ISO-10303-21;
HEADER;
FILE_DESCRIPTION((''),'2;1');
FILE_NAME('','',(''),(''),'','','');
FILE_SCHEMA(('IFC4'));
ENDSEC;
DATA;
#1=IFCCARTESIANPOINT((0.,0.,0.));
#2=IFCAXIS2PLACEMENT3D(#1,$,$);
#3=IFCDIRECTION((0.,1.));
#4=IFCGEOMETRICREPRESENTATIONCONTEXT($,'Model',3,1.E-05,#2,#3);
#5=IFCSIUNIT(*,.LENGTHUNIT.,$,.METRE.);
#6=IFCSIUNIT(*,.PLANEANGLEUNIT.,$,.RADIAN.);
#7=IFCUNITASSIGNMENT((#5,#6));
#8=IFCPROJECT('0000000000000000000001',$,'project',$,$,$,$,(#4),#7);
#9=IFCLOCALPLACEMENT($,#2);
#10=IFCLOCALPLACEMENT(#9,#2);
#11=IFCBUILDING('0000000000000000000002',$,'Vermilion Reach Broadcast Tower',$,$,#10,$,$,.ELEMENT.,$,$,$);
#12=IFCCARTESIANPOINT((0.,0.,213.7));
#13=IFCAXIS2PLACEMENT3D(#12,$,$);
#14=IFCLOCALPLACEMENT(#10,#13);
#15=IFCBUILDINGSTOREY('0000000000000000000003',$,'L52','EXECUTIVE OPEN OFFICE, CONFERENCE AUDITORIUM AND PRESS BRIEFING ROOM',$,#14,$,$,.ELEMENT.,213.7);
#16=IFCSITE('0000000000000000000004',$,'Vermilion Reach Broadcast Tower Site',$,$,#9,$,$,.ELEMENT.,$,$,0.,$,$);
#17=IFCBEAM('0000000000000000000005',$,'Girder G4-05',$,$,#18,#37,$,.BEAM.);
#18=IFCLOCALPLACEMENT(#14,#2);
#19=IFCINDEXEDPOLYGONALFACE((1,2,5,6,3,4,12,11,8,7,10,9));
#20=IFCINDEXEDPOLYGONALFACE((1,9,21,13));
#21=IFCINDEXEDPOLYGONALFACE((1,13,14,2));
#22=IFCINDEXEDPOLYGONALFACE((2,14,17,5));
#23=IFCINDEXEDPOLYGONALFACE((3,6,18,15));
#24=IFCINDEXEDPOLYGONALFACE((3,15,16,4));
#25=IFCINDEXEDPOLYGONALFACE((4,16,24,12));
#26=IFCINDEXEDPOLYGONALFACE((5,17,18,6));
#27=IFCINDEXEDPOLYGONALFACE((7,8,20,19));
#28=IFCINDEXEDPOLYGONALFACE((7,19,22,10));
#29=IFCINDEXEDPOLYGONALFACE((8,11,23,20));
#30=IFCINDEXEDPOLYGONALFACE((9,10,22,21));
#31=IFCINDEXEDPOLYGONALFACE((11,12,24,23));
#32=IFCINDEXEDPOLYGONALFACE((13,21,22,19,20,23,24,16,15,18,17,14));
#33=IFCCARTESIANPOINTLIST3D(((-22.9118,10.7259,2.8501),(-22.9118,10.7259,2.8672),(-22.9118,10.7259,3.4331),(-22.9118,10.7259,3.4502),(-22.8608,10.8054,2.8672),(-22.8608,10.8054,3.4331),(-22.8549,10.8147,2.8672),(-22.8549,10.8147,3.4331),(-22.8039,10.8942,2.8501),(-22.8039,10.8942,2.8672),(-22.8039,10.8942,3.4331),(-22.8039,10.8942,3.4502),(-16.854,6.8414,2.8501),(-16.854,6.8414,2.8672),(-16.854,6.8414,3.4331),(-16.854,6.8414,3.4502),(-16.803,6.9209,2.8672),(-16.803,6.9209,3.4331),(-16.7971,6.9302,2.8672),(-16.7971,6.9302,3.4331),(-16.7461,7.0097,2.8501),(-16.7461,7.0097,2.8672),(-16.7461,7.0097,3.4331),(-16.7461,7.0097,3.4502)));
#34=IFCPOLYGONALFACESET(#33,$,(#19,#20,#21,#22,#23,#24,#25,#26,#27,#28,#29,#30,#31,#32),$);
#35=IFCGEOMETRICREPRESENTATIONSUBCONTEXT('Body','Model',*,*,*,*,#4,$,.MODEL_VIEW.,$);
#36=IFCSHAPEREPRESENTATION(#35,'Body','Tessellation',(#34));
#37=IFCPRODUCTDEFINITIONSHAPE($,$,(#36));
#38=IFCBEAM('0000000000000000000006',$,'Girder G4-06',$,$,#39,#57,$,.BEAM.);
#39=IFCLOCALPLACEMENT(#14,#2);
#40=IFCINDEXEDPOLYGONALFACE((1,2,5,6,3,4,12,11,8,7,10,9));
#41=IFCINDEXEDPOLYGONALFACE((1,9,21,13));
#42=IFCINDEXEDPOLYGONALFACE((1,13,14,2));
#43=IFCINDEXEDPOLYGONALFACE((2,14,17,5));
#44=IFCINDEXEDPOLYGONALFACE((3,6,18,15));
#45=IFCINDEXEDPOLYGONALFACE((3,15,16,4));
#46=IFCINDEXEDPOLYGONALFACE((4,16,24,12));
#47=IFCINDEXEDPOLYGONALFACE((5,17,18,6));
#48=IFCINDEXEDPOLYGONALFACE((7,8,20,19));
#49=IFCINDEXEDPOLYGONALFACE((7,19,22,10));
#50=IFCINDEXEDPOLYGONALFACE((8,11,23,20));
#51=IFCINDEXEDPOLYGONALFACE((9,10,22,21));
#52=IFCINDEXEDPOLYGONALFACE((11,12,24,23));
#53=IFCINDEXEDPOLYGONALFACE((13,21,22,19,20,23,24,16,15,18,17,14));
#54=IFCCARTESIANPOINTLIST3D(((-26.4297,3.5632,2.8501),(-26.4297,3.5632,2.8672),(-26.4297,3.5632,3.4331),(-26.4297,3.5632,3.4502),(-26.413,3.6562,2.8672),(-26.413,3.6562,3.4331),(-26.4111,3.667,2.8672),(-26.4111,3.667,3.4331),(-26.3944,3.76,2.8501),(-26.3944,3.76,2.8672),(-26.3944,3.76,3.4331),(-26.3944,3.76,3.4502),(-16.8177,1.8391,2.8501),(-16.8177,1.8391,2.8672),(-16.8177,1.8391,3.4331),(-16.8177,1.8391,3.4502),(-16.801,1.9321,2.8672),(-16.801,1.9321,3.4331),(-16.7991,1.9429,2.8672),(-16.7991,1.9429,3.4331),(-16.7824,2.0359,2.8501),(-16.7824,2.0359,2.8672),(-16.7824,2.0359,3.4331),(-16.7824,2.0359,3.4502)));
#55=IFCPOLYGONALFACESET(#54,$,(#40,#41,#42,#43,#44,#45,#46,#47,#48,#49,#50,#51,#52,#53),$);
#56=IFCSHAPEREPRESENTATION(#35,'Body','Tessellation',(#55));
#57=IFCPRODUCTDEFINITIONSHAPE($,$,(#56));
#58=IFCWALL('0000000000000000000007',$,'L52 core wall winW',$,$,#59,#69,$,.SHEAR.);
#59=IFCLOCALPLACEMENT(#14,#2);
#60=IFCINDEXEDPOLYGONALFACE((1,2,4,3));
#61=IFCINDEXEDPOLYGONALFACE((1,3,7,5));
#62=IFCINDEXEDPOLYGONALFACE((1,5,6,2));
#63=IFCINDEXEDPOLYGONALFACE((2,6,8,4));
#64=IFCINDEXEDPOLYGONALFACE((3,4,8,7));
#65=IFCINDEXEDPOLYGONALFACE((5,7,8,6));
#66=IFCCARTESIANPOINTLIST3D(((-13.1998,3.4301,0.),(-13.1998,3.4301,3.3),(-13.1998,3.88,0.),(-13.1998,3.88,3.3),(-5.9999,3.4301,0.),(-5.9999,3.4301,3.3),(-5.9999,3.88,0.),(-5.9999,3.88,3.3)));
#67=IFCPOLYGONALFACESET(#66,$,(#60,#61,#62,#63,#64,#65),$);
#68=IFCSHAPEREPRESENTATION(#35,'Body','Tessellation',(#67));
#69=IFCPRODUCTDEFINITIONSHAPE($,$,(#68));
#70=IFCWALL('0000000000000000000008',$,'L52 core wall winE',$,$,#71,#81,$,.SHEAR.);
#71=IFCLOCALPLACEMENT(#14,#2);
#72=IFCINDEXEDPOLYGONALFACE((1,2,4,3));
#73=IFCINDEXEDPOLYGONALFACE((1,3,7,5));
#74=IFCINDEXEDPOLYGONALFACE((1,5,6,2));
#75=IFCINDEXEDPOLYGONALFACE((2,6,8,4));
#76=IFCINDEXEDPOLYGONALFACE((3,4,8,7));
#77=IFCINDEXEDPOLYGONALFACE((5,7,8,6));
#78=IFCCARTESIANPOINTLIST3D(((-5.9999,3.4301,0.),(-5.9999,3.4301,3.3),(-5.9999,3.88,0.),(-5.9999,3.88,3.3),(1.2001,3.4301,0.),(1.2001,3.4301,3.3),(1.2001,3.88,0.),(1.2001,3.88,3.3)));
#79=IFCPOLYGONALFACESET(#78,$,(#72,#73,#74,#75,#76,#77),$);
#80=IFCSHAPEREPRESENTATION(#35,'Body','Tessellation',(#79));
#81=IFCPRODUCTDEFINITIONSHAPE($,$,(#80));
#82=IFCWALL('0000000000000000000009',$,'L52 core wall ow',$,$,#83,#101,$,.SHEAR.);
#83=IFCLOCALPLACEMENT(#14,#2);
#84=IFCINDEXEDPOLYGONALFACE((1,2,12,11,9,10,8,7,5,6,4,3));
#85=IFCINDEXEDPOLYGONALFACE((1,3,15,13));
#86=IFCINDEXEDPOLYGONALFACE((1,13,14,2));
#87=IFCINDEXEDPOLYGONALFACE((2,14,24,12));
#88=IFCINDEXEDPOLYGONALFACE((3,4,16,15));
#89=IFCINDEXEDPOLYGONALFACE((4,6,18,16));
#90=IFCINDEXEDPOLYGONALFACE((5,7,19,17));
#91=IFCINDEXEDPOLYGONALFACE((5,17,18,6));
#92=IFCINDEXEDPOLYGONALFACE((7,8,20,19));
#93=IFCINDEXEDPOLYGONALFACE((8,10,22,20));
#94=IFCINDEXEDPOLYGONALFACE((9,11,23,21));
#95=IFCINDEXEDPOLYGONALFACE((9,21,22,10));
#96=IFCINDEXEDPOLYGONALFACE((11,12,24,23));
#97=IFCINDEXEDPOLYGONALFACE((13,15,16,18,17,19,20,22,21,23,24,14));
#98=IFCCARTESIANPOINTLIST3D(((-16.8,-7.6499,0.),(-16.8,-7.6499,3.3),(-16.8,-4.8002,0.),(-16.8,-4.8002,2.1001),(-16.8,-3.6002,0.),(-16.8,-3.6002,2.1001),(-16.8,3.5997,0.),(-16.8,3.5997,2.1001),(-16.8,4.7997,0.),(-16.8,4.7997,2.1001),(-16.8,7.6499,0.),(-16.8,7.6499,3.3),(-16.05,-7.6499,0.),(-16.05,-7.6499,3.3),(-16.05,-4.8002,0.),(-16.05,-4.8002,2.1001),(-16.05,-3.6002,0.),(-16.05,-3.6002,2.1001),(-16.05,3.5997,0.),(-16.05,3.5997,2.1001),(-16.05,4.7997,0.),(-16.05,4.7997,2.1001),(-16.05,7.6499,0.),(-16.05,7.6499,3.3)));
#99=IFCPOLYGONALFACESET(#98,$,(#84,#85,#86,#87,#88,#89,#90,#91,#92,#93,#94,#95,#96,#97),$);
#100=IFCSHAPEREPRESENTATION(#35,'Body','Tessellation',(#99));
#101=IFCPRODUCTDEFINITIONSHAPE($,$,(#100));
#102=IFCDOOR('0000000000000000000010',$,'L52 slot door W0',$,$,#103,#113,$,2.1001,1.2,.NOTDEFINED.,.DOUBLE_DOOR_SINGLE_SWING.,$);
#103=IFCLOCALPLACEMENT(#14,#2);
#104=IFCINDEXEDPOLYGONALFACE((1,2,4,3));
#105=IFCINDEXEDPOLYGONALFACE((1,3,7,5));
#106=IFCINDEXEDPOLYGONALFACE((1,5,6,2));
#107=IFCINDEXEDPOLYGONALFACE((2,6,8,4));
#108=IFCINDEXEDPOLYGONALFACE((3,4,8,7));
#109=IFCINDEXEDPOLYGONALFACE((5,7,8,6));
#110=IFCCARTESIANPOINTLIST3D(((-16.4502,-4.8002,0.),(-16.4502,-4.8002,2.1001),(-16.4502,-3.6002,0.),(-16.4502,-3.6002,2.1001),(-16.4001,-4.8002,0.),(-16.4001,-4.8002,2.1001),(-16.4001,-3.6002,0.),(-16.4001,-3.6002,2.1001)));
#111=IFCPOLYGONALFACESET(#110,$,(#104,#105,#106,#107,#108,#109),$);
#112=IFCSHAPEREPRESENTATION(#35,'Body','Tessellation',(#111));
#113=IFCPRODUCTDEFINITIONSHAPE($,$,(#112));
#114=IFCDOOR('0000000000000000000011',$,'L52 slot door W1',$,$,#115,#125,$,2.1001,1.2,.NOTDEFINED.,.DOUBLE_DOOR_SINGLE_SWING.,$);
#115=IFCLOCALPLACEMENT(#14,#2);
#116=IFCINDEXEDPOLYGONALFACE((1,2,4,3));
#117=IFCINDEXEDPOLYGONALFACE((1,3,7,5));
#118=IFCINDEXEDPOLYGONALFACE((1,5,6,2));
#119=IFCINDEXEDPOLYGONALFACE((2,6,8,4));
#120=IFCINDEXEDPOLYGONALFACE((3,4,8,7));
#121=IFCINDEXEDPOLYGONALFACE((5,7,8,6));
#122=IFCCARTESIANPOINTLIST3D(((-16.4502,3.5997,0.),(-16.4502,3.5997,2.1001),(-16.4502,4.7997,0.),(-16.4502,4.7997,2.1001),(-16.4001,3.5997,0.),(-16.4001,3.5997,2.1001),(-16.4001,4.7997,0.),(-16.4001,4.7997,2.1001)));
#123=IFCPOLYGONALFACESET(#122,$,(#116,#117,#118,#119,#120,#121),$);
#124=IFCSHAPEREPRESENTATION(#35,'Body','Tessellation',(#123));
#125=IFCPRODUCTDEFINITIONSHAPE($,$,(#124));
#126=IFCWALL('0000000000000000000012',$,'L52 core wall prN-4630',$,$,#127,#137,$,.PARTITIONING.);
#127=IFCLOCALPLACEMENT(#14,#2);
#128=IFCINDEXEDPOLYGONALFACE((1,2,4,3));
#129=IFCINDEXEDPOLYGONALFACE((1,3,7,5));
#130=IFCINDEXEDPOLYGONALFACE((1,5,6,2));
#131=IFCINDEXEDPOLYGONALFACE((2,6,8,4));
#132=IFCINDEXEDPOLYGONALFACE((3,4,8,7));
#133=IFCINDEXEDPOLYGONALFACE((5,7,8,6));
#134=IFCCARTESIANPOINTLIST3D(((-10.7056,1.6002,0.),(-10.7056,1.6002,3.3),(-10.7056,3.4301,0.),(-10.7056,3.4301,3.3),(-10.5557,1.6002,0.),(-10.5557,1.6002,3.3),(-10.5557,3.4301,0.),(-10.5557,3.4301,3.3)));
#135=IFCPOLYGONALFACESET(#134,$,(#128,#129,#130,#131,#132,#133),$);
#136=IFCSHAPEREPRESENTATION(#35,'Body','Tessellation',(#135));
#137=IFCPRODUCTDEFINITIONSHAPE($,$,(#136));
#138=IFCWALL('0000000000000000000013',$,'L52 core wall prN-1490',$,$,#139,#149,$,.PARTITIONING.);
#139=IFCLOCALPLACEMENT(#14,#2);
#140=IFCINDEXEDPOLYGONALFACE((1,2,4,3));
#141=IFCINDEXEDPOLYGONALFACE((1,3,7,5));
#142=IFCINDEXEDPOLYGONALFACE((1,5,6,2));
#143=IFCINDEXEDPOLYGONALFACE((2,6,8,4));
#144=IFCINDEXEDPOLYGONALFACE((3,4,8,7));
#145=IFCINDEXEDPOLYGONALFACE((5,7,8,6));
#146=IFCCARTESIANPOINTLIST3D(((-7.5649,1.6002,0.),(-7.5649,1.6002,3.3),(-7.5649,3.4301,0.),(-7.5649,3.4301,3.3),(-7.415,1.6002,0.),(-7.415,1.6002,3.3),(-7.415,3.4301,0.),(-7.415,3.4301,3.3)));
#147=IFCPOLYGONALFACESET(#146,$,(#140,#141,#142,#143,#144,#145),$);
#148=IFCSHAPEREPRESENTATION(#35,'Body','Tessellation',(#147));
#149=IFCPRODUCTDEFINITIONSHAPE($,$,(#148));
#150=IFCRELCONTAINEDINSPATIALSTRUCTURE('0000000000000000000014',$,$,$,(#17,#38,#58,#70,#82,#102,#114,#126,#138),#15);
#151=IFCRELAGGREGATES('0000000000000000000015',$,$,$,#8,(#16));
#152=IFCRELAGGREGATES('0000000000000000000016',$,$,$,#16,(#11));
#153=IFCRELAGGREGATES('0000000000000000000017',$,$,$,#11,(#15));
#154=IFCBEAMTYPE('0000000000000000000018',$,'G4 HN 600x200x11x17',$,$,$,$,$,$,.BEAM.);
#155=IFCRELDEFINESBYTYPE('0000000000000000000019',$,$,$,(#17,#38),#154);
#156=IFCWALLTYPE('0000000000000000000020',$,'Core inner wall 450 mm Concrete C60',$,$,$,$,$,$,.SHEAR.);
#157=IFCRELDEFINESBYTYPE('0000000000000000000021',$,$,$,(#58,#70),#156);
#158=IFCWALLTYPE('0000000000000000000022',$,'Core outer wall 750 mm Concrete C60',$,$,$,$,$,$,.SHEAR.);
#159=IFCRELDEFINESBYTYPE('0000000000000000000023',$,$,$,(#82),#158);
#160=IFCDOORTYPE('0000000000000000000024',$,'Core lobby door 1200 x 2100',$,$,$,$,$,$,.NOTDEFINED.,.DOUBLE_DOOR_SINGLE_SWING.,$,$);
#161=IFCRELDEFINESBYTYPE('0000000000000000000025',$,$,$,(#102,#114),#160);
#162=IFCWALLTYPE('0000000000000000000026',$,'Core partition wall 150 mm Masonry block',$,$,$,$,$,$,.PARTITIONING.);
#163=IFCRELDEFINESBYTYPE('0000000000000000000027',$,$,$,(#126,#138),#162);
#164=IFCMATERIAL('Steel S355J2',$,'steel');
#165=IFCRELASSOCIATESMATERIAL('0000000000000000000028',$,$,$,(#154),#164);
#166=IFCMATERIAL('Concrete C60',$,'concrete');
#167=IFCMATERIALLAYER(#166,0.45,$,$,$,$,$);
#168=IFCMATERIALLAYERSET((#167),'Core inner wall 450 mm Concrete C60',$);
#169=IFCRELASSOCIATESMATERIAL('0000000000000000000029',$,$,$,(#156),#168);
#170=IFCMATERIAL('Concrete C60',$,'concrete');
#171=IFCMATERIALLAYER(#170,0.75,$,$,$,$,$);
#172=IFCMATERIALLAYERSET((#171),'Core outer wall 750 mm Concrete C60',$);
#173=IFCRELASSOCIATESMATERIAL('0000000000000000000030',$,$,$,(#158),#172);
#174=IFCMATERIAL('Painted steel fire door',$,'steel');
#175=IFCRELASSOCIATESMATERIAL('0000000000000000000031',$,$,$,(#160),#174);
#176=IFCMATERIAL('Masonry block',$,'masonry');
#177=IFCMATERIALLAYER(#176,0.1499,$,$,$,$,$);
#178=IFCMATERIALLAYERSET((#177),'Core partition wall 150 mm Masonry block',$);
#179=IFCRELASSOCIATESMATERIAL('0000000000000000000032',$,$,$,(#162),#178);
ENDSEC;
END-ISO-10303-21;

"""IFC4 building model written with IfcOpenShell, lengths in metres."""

from ifc_helpers import new_model, si_unit, direction, frame, frame_2d, origin, origin_2d, place, context, subcontext, project, spatial, rectangle, i_section, extrude, material, layer, layer_set, material_profile, profile_set, type_object, element, fill, save


model = new_model("IFC4")

# Units and contexts
model_context = context("Model", 3, precision=1e-05, world=origin(), true_north=direction((0.0, 1.0)))
body_context = subcontext(model_context, "Body", "Model", "MODEL_VIEW")
ifc_project = project(units=[si_unit("LENGTHUNIT", "METRE"), si_unit("PLANEANGLEUNIT", "RADIAN")], contexts=[model_context])

# Site, building, storey
site_placement = place(None, origin())
site = spatial("IfcSite", under=ifc_project, at=site_placement, Name="Vermilion Reach Broadcast Tower Site", CompositionType="ELEMENT", RefElevation=0.0)
building_placement = place(site_placement, origin())
building = spatial("IfcBuilding", under=site, at=building_placement, Name="Vermilion Reach Broadcast Tower", CompositionType="ELEMENT")
storey_placement = place(building_placement, frame((0.0, 0.0, 213.7)))
storey = spatial("IfcBuildingStorey", under=building, at=storey_placement, Name="L52", Description="EXECUTIVE OPEN OFFICE, CONFERENCE AUDITORIUM AND PRESS BRIEFING ROOM", CompositionType="ELEMENT", Elevation=213.7)

# Beams
ifc_material_1 = material(Name="Steel S355J2", Category="steel")
ifc_material_profile = material_profile(ifc_material_1, i_section(OverallWidth=0.2, OverallDepth=0.6001, WebThickness=0.011, FlangeThickness=0.0171, at=origin_2d()), Name="S355J2 HN 600x200x11x17")
ifc_profile_set = profile_set([ifc_material_profile], Name="Steel S355J2")
beam_type = type_object("IfcBeamType", Name="G4 HN 600x200x11x17", PredefinedType="BEAM", material=ifc_profile_set)
beam_1_placement = place(storey_placement, frame((-16.8, 6.9255, 3.1501), z_axis=(-0.841799, 0.539792, 0.0), x_axis=(-0.539792, -0.841799, 0.0)))
element("IfcBeam", 1, at=beam_1_placement, inside=storey, type_object=beam_type, Name="Girder G4-05", PredefinedType="BEAM", context=body_context, shape_type="SweptSolid", body=[
    extrude(i_section(OverallWidth=0.2, OverallDepth=0.6001, WebThickness=0.011, FlangeThickness=0.0171, at=origin_2d()), origin(), (0.0, 0.0, 1.0), 7.1963),
])
beam_2_placement = place(storey_placement, frame((-16.8, 1.9375, 3.1501), z_axis=(-0.984291, 0.176553, 0.0), x_axis=(-0.176553, -0.984291, 0.0)))
element("IfcBeam", 2, at=beam_2_placement, inside=storey, type_object=beam_type, Name="Girder G4-06", PredefinedType="BEAM", context=body_context, shape_type="SweptSolid", body=[
    extrude(i_section(OverallWidth=0.2, OverallDepth=0.6001, WebThickness=0.011, FlangeThickness=0.0171, at=origin_2d()), origin(), (0.0, 0.0, 1.0), 9.7654),
])

# Walls
ifc_material_2 = material(Name="Concrete C60", Category="concrete")
ifc_layer_1 = layer(ifc_material_2, 0.45)
ifc_layer_set_1 = layer_set([ifc_layer_1], Name="Core inner wall 450 mm Concrete C60")
wall_type_1 = type_object("IfcWallType", Name="Core inner wall 450 mm Concrete C60", PredefinedType="SHEAR", material=ifc_layer_set_1)
for number, where, z_axis, x_axis, name in (
    (3, (-13.2, 3.655, 0.0), (0.0, 0.0, 1.0), (1.0, 0.0, 0.0), "L52 core wall winW"),
    (4, (-6.0, 3.655, 0.0), (0.0, 0.0, 1.0), (1.0, 0.0, 0.0), "L52 core wall winE"),
):
    element("IfcWall", number, at=place(storey_placement, frame(where, z_axis=z_axis, x_axis=x_axis)), inside=storey, type_object=wall_type_1, Name=name, PredefinedType="SHEAR", context=body_context, shape_type="SweptSolid", body=[
        extrude(rectangle(XDim=7.2, YDim=0.45, at=frame_2d((3.6001, 0.0))), origin(), (0.0, 0.0, 1.0), 3.3),
    ])

# Wall, openings, doors
ifc_material_3 = material(Name="Concrete C60", Category="concrete")
ifc_layer_2 = layer(ifc_material_3, 0.75)
ifc_layer_set_2 = layer_set([ifc_layer_2], Name="Core outer wall 750 mm Concrete C60")
wall_type_2 = type_object("IfcWallType", Name="Core outer wall 750 mm Concrete C60", PredefinedType="SHEAR", material=ifc_layer_set_2)
wall_1_placement = place(storey_placement, frame((-16.425, 7.6499, 0.0), z_axis=(0.0, 0.0, 1.0), x_axis=(0.0, -1.0, 0.0)))
wall_1 = element("IfcWall", 5, at=wall_1_placement, inside=storey, type_object=wall_type_2, Name="L52 core wall ow", PredefinedType="SHEAR", context=body_context, shape_type="SweptSolid", body=[
    extrude(rectangle(XDim=15.2998, YDim=0.75, at=frame_2d((7.6499, 0.0))), origin(), (0.0, 0.0, 1.0), 3.3),
])
opening_1_placement = place(wall_1_placement, frame((11.25, 0.0, 0.0)))
opening_1 = element("IfcOpeningElement", 6, at=opening_1_placement, cuts=wall_1, PredefinedType="OPENING", context=body_context, shape_type="SweptSolid", body=[
    extrude(rectangle(XDim=1.2, YDim=2.1001, at=frame_2d((0.6001, 1.05))), frame((0.0, 0.385, 0.0), z_axis=(0.0, -1.0, 0.0), x_axis=(1.0, 0.0, 0.0)), (0.0, 0.0, 1.0), 0.77),
])
opening_2_placement = place(wall_1_placement, frame((2.8501, 0.0, 0.0)))
opening_2 = element("IfcOpeningElement", 7, at=opening_2_placement, cuts=wall_1, PredefinedType="OPENING", context=body_context, shape_type="SweptSolid", body=[
    extrude(rectangle(XDim=1.2, YDim=2.1001, at=frame_2d((0.6001, 1.05))), frame((0.0, 0.385, 0.0), z_axis=(0.0, -1.0, 0.0), x_axis=(1.0, 0.0, 0.0)), (0.0, 0.0, 1.0), 0.77),
])
ifc_material_4 = material(Name="Painted steel fire door", Category="steel")
door_type_1 = type_object("IfcDoorType", Name="Core lobby door 1200 x 2100", OperationType="DOUBLE_DOOR_SINGLE_SWING", PredefinedType="NOTDEFINED", material=ifc_material_4)
door_1_placement = place(opening_1_placement, origin())
door_1 = element("IfcDoor", 8, at=door_1_placement, inside=storey, type_object=door_type_1, Name="L52 slot door W0", OperationType="DOUBLE_DOOR_SINGLE_SWING", OverallHeight=2.1001, OverallWidth=1.2, PredefinedType="NOTDEFINED", context=body_context, shape_type="SweptSolid", body=[
    extrude(rectangle(XDim=1.2, YDim=2.1001, at=frame_2d((0.6001, 1.05))), frame((0.0, 0.0249, 0.0), z_axis=(0.0, -1.0, 0.0), x_axis=(1.0, 0.0, 0.0)), (0.0, 0.0, 1.0), 0.05),
])
fill(opening_1, door_1)
door_2_placement = place(opening_2_placement, origin())
door_2 = element("IfcDoor", 9, at=door_2_placement, inside=storey, type_object=door_type_1, Name="L52 slot door W1", OperationType="DOUBLE_DOOR_SINGLE_SWING", OverallHeight=2.1001, OverallWidth=1.2, PredefinedType="NOTDEFINED", context=body_context, shape_type="SweptSolid", body=[
    extrude(rectangle(XDim=1.2, YDim=2.1001, at=frame_2d((0.6001, 1.05))), frame((0.0, 0.0249, 0.0), z_axis=(0.0, -1.0, 0.0), x_axis=(1.0, 0.0, 0.0)), (0.0, 0.0, 1.0), 0.05),
])
fill(opening_2, door_2)

# Walls
ifc_material_5 = material(Name="Masonry block", Category="masonry")
ifc_layer_3 = layer(ifc_material_5, 0.1499)
ifc_layer_set_3 = layer_set([ifc_layer_3], Name="Core partition wall 150 mm Masonry block")
wall_type_3 = type_object("IfcWallType", Name="Core partition wall 150 mm Masonry block", PredefinedType="PARTITIONING", material=ifc_layer_set_3)
for number, where, z_axis, x_axis, name in (
    (10, (-10.6306, 1.6001, 0.0), (0.0, 0.0, 1.0), (0.0, 1.0, 0.0), "L52 core wall prN-4630"),
    (11, (-7.49, 1.6001, 0.0), (0.0, 0.0, 1.0), (0.0, 1.0, 0.0), "L52 core wall prN-1490"),
):
    element("IfcWall", number, at=place(storey_placement, frame(where, z_axis=z_axis, x_axis=x_axis)), inside=storey, type_object=wall_type_3, Name=name, PredefinedType="PARTITIONING", context=body_context, shape_type="SweptSolid", body=[
        extrude(rectangle(XDim=1.8298, YDim=0.1499, at=frame_2d((0.915, 0.0))), origin(), (0.0, 0.0, 1.0), 3.3),
    ])

save(model, "model.ifc")
